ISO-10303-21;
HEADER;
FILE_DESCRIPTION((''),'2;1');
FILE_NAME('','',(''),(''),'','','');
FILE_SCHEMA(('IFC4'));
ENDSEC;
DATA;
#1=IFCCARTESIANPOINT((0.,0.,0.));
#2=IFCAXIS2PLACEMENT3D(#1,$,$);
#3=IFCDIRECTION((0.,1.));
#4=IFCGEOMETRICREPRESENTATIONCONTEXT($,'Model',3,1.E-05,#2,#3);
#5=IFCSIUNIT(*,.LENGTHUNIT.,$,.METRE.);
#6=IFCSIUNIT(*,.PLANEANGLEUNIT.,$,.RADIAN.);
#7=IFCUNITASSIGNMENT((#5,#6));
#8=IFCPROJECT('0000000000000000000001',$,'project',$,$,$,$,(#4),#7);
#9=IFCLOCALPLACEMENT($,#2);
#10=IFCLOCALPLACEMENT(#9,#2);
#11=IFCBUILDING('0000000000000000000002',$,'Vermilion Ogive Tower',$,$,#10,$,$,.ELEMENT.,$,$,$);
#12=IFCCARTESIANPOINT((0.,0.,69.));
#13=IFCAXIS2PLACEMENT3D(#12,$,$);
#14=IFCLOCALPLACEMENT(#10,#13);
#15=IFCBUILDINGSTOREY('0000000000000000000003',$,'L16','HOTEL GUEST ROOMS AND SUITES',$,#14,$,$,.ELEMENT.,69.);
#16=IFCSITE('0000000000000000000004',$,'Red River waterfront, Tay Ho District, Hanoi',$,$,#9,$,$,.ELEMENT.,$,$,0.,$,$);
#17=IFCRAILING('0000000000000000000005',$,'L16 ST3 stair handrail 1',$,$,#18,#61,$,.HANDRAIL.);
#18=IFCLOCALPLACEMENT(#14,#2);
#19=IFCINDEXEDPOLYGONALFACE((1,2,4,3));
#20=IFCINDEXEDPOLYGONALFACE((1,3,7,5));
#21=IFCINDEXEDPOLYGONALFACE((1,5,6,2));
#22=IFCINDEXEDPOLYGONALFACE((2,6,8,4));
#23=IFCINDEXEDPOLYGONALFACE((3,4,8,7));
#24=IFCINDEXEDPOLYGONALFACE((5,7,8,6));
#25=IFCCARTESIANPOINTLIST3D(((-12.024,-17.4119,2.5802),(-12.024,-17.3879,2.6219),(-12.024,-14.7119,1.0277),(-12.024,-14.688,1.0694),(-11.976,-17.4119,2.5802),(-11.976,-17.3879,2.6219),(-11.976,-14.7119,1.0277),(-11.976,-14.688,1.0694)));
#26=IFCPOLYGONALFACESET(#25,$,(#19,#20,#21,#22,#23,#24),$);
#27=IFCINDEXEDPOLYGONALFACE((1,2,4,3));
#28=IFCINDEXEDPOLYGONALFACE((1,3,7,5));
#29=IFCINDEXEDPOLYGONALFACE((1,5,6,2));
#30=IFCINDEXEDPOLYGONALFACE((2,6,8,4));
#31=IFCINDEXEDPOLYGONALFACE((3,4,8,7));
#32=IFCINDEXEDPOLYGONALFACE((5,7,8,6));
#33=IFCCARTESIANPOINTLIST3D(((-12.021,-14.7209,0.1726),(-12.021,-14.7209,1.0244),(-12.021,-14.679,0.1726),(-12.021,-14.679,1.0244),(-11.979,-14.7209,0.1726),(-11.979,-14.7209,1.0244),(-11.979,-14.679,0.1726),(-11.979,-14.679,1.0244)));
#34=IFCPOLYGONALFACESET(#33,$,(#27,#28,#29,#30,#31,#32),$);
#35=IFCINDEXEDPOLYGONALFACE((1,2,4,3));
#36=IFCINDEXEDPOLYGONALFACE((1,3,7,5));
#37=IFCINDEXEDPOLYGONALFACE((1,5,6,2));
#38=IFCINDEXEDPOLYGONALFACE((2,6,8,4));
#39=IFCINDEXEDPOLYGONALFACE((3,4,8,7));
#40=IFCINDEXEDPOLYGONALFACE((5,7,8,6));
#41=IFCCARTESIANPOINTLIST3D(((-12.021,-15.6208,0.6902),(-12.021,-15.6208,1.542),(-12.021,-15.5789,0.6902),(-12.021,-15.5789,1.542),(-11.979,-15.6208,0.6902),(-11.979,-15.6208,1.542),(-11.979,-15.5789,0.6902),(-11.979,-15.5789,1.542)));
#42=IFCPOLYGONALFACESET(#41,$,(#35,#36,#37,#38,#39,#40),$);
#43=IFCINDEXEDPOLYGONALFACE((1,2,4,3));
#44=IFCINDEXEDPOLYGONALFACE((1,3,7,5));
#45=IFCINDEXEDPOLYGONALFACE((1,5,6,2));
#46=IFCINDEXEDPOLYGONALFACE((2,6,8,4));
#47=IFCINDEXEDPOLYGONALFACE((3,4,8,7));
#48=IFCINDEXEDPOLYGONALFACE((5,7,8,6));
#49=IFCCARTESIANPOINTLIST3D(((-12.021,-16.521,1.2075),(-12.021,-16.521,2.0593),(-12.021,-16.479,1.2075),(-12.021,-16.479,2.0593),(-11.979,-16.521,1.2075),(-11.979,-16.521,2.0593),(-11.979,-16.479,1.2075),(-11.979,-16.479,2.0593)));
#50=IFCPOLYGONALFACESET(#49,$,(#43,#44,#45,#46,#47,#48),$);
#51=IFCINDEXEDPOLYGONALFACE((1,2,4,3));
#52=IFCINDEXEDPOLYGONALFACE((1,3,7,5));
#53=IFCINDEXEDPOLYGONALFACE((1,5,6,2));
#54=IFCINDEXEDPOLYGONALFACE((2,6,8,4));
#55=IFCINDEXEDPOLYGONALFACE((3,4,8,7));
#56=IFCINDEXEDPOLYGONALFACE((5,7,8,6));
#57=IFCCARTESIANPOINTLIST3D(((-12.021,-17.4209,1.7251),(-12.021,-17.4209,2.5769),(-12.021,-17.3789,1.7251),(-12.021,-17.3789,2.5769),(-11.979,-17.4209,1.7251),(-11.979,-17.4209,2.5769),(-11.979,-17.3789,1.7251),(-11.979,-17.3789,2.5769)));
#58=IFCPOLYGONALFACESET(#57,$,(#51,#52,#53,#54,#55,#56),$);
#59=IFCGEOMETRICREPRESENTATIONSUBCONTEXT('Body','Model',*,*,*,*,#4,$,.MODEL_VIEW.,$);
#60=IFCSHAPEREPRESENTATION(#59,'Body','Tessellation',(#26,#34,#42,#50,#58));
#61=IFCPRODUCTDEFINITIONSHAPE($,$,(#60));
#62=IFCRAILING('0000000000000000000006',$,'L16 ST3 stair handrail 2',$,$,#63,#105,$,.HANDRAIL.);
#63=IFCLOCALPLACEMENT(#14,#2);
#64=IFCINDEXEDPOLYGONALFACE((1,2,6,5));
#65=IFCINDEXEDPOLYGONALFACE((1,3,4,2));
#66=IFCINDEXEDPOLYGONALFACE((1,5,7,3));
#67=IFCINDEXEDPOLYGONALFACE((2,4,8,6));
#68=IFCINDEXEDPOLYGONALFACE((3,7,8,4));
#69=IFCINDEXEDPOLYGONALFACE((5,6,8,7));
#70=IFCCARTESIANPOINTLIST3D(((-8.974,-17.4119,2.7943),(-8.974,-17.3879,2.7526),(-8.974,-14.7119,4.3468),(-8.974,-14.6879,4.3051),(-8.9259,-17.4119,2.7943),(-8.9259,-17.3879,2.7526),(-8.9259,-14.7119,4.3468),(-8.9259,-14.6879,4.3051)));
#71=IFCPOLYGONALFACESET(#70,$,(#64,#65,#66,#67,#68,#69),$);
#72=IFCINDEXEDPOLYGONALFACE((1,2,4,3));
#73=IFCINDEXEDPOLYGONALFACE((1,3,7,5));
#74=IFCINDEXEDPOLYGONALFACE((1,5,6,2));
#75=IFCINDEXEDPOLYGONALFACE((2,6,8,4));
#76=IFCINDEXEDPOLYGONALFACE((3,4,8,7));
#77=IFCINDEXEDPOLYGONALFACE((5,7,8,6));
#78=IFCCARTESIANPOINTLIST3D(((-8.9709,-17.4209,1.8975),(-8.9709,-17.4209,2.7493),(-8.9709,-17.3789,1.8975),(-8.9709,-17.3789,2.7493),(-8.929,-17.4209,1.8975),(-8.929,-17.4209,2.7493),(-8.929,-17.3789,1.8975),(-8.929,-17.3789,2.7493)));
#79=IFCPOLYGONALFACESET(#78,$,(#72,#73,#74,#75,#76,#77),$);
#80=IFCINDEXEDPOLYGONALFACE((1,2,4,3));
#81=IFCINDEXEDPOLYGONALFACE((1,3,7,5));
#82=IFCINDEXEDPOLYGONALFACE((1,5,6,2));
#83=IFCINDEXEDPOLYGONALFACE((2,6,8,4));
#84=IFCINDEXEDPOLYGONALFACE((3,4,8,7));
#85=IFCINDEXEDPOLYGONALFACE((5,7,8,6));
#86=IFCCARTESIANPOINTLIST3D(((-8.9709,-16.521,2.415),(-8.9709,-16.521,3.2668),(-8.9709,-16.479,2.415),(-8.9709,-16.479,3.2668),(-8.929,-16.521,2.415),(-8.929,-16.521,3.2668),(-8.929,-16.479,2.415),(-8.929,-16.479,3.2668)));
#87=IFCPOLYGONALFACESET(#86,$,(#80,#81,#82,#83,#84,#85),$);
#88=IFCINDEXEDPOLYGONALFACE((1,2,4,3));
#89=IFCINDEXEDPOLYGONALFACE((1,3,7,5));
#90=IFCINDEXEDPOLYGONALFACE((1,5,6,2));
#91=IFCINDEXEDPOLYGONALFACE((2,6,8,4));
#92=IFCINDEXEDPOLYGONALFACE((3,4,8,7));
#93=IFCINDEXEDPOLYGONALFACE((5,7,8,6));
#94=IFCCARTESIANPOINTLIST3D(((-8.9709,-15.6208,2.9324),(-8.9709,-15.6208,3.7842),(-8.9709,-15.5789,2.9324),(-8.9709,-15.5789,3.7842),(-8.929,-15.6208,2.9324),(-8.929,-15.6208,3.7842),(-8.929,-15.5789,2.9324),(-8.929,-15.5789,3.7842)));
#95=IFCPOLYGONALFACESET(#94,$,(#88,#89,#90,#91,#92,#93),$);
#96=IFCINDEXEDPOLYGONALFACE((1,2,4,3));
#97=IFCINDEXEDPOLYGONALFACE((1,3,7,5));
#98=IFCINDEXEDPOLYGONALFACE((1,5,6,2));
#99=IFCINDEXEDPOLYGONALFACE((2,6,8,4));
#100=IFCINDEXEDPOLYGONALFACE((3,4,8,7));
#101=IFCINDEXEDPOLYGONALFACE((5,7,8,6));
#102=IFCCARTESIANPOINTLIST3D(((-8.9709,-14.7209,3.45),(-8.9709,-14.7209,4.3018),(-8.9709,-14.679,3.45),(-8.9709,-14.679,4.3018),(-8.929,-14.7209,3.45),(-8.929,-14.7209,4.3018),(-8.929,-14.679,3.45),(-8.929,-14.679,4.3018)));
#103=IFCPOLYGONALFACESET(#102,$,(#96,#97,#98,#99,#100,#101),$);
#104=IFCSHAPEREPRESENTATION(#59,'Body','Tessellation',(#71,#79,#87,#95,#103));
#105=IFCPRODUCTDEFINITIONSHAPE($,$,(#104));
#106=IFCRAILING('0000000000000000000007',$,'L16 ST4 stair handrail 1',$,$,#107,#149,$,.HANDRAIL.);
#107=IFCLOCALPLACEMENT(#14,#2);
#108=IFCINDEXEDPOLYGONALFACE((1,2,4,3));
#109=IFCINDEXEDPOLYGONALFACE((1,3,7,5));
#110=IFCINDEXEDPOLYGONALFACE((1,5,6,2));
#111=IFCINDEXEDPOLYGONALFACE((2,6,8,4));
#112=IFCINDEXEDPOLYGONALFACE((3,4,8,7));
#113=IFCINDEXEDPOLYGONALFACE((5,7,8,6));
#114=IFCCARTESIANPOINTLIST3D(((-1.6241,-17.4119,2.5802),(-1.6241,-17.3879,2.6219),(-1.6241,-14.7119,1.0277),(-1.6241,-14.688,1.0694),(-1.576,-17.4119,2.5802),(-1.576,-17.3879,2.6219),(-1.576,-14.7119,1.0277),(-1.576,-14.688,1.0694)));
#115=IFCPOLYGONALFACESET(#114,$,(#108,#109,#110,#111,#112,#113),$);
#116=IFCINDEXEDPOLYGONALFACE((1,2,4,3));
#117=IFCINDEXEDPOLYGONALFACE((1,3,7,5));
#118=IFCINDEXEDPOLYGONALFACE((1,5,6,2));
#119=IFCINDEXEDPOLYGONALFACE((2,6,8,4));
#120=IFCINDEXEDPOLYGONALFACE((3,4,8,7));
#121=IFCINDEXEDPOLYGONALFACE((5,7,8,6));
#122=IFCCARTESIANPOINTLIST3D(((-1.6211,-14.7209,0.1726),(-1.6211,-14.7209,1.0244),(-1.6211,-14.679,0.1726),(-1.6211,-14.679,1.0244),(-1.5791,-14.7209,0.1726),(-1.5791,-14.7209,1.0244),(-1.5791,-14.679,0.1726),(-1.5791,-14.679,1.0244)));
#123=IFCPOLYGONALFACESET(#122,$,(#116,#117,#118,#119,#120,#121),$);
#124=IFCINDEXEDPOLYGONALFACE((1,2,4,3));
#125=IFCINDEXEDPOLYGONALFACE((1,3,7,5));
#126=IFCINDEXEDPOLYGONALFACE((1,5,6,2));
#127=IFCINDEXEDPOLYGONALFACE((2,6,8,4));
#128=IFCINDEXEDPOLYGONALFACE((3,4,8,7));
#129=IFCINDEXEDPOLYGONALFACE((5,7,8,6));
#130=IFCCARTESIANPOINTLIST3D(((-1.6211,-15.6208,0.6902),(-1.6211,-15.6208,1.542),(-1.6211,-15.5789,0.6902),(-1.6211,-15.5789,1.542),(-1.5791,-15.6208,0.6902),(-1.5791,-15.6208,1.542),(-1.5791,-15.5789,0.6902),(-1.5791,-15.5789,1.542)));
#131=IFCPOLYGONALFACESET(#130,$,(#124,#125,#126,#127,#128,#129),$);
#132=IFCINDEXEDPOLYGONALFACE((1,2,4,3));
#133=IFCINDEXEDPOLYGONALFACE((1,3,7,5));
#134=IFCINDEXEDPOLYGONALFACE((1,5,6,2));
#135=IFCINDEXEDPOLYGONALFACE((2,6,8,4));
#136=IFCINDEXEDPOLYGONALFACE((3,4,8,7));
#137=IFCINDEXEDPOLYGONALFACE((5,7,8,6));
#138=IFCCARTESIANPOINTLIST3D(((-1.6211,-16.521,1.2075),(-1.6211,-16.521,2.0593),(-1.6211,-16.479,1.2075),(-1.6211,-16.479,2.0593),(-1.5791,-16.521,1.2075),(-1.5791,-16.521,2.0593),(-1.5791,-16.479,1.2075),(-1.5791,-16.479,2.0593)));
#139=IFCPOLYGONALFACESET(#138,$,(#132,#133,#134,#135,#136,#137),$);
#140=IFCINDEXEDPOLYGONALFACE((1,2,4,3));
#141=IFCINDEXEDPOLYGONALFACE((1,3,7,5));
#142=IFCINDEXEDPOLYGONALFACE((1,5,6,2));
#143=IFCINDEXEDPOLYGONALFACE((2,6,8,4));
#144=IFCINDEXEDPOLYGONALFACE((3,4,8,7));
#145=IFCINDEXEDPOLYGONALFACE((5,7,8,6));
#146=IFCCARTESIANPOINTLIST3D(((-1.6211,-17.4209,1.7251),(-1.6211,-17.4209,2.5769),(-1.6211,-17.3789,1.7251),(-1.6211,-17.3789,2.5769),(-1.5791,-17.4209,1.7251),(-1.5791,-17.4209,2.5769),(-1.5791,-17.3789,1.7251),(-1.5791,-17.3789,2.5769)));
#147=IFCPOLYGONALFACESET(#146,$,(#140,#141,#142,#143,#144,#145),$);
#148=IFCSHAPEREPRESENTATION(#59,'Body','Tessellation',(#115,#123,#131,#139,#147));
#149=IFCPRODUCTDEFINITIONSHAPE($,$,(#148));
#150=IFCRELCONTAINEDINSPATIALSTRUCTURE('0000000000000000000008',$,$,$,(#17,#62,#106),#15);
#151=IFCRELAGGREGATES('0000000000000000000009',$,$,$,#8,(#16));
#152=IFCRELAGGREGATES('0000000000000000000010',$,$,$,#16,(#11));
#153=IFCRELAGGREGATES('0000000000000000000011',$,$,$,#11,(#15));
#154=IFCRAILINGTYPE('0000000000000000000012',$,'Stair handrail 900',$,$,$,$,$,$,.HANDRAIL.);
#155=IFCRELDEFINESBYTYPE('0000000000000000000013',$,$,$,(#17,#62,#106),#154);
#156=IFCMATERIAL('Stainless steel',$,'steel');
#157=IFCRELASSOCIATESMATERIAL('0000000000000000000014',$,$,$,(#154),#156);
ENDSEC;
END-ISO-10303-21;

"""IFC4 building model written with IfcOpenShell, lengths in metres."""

from ifc_helpers import new_model, si_unit, direction, frame, origin, origin_2d, place, context, subcontext, project, spatial, rectangle, extrude, material, type_object, element, save


model = new_model("IFC4")

# Units and contexts
model_context = context("Model", 3, precision=1e-05, world=origin(), true_north=direction((0.0, 1.0)))
body_context = subcontext(model_context, "Body", "Model", "MODEL_VIEW")
ifc_project = project(units=[si_unit("LENGTHUNIT", "METRE"), si_unit("PLANEANGLEUNIT", "RADIAN")], contexts=[model_context])

# Site, building, storey
site_placement = place(None, origin())
site = spatial("IfcSite", under=ifc_project, at=site_placement, Name="Red River waterfront, Tay Ho District, Hanoi", CompositionType="ELEMENT", RefElevation=0.0)
building_placement = place(site_placement, origin())
building = spatial("IfcBuilding", under=site, at=building_placement, Name="Vermilion Ogive Tower", CompositionType="ELEMENT")
storey_placement = place(building_placement, frame((0.0, 0.0, 69.0)))
storey = spatial("IfcBuildingStorey", under=building, at=storey_placement, Name="L16", Description="HOTEL GUEST ROOMS AND SUITES", CompositionType="ELEMENT", Elevation=69.0)

# Railings
ifc_material_1 = material(Name="Stainless steel", Category="steel")
railing_type_1 = type_object("IfcRailingType", Name="Stair handrail 900", PredefinedType="HANDRAIL", material=ifc_material_1)
railing_1_placement = place(storey_placement, frame((-12.0, -14.7, 0.1726)))
element("IfcRailing", 1, at=railing_1_placement, inside=storey, type_object=railing_type_1, Name="L16 ST3 stair handrail 1", PredefinedType="HANDRAIL", context=body_context, shape_type="SweptSolid", body=[
    extrude(rectangle(XDim=0.0481, YDim=0.0481, at=origin_2d()), frame((0.0, 0.0, 0.876), z_axis=(0.0, -0.866904, 0.498476), x_axis=(1.0, 0.0, 0.0)), (0.0, 0.0, 1.0), 3.1145),
    extrude(rectangle(XDim=0.042, YDim=0.042, at=origin_2d()), origin(), (0.0, 0.0, 1.0), 0.8518),
    extrude(rectangle(XDim=0.042, YDim=0.042, at=origin_2d()), frame((0.0, -0.8999, 0.5176)), (0.0, 0.0, 1.0), 0.8518),
    extrude(rectangle(XDim=0.042, YDim=0.042, at=origin_2d()), frame((0.0, -1.8, 1.0349)), (0.0, 0.0, 1.0), 0.8518),
    extrude(rectangle(XDim=0.042, YDim=0.042, at=origin_2d()), frame((0.0, -2.7, 1.5525)), (0.0, 0.0, 1.0), 0.8518),
])
railing_2_placement = place(storey_placement, frame((-8.95, -17.3999, 1.8975)))
element("IfcRailing", 2, at=railing_2_placement, inside=storey, type_object=railing_type_1, Name="L16 ST3 stair handrail 2", PredefinedType="HANDRAIL", context=body_context, shape_type="SweptSolid", body=[
    extrude(rectangle(XDim=0.0481, YDim=0.0481, at=origin_2d()), frame((0.0, 0.0, 0.876), z_axis=(0.0, 0.866904, 0.498476), x_axis=(-1.0, 0.0, 0.0)), (0.0, 0.0, 1.0), 3.1145),
    extrude(rectangle(XDim=0.042, YDim=0.042, at=origin_2d()), origin(), (0.0, 0.0, 1.0), 0.8518),
    extrude(rectangle(XDim=0.042, YDim=0.042, at=origin_2d()), frame((0.0, 0.8999, 0.5176)), (0.0, 0.0, 1.0), 0.8518),
    extrude(rectangle(XDim=0.042, YDim=0.042, at=origin_2d()), frame((0.0, 1.8, 1.0349)), (0.0, 0.0, 1.0), 0.8518),
    extrude(rectangle(XDim=0.042, YDim=0.042, at=origin_2d()), frame((0.0, 2.7, 1.5525)), (0.0, 0.0, 1.0), 0.8518),
])
railing_3_placement = place(storey_placement, frame((-1.6001, -14.7, 0.1726)))
element("IfcRailing", 3, at=railing_3_placement, inside=storey, type_object=railing_type_1, Name="L16 ST4 stair handrail 1", PredefinedType="HANDRAIL", context=body_context, shape_type="SweptSolid", body=[
    extrude(rectangle(XDim=0.0481, YDim=0.0481, at=origin_2d()), frame((0.0, 0.0, 0.876), z_axis=(0.0, -0.866904, 0.498476), x_axis=(1.0, 0.0, 0.0)), (0.0, 0.0, 1.0), 3.1145),
    extrude(rectangle(XDim=0.042, YDim=0.042, at=origin_2d()), origin(), (0.0, 0.0, 1.0), 0.8518),
    extrude(rectangle(XDim=0.042, YDim=0.042, at=origin_2d()), frame((0.0, -0.8999, 0.5176)), (0.0, 0.0, 1.0), 0.8518),
    extrude(rectangle(XDim=0.042, YDim=0.042, at=origin_2d()), frame((0.0, -1.8, 1.0349)), (0.0, 0.0, 1.0), 0.8518),
    extrude(rectangle(XDim=0.042, YDim=0.042, at=origin_2d()), frame((0.0, -2.7, 1.5525)), (0.0, 0.0, 1.0), 0.8518),
])

save(model, "model.ifc")
